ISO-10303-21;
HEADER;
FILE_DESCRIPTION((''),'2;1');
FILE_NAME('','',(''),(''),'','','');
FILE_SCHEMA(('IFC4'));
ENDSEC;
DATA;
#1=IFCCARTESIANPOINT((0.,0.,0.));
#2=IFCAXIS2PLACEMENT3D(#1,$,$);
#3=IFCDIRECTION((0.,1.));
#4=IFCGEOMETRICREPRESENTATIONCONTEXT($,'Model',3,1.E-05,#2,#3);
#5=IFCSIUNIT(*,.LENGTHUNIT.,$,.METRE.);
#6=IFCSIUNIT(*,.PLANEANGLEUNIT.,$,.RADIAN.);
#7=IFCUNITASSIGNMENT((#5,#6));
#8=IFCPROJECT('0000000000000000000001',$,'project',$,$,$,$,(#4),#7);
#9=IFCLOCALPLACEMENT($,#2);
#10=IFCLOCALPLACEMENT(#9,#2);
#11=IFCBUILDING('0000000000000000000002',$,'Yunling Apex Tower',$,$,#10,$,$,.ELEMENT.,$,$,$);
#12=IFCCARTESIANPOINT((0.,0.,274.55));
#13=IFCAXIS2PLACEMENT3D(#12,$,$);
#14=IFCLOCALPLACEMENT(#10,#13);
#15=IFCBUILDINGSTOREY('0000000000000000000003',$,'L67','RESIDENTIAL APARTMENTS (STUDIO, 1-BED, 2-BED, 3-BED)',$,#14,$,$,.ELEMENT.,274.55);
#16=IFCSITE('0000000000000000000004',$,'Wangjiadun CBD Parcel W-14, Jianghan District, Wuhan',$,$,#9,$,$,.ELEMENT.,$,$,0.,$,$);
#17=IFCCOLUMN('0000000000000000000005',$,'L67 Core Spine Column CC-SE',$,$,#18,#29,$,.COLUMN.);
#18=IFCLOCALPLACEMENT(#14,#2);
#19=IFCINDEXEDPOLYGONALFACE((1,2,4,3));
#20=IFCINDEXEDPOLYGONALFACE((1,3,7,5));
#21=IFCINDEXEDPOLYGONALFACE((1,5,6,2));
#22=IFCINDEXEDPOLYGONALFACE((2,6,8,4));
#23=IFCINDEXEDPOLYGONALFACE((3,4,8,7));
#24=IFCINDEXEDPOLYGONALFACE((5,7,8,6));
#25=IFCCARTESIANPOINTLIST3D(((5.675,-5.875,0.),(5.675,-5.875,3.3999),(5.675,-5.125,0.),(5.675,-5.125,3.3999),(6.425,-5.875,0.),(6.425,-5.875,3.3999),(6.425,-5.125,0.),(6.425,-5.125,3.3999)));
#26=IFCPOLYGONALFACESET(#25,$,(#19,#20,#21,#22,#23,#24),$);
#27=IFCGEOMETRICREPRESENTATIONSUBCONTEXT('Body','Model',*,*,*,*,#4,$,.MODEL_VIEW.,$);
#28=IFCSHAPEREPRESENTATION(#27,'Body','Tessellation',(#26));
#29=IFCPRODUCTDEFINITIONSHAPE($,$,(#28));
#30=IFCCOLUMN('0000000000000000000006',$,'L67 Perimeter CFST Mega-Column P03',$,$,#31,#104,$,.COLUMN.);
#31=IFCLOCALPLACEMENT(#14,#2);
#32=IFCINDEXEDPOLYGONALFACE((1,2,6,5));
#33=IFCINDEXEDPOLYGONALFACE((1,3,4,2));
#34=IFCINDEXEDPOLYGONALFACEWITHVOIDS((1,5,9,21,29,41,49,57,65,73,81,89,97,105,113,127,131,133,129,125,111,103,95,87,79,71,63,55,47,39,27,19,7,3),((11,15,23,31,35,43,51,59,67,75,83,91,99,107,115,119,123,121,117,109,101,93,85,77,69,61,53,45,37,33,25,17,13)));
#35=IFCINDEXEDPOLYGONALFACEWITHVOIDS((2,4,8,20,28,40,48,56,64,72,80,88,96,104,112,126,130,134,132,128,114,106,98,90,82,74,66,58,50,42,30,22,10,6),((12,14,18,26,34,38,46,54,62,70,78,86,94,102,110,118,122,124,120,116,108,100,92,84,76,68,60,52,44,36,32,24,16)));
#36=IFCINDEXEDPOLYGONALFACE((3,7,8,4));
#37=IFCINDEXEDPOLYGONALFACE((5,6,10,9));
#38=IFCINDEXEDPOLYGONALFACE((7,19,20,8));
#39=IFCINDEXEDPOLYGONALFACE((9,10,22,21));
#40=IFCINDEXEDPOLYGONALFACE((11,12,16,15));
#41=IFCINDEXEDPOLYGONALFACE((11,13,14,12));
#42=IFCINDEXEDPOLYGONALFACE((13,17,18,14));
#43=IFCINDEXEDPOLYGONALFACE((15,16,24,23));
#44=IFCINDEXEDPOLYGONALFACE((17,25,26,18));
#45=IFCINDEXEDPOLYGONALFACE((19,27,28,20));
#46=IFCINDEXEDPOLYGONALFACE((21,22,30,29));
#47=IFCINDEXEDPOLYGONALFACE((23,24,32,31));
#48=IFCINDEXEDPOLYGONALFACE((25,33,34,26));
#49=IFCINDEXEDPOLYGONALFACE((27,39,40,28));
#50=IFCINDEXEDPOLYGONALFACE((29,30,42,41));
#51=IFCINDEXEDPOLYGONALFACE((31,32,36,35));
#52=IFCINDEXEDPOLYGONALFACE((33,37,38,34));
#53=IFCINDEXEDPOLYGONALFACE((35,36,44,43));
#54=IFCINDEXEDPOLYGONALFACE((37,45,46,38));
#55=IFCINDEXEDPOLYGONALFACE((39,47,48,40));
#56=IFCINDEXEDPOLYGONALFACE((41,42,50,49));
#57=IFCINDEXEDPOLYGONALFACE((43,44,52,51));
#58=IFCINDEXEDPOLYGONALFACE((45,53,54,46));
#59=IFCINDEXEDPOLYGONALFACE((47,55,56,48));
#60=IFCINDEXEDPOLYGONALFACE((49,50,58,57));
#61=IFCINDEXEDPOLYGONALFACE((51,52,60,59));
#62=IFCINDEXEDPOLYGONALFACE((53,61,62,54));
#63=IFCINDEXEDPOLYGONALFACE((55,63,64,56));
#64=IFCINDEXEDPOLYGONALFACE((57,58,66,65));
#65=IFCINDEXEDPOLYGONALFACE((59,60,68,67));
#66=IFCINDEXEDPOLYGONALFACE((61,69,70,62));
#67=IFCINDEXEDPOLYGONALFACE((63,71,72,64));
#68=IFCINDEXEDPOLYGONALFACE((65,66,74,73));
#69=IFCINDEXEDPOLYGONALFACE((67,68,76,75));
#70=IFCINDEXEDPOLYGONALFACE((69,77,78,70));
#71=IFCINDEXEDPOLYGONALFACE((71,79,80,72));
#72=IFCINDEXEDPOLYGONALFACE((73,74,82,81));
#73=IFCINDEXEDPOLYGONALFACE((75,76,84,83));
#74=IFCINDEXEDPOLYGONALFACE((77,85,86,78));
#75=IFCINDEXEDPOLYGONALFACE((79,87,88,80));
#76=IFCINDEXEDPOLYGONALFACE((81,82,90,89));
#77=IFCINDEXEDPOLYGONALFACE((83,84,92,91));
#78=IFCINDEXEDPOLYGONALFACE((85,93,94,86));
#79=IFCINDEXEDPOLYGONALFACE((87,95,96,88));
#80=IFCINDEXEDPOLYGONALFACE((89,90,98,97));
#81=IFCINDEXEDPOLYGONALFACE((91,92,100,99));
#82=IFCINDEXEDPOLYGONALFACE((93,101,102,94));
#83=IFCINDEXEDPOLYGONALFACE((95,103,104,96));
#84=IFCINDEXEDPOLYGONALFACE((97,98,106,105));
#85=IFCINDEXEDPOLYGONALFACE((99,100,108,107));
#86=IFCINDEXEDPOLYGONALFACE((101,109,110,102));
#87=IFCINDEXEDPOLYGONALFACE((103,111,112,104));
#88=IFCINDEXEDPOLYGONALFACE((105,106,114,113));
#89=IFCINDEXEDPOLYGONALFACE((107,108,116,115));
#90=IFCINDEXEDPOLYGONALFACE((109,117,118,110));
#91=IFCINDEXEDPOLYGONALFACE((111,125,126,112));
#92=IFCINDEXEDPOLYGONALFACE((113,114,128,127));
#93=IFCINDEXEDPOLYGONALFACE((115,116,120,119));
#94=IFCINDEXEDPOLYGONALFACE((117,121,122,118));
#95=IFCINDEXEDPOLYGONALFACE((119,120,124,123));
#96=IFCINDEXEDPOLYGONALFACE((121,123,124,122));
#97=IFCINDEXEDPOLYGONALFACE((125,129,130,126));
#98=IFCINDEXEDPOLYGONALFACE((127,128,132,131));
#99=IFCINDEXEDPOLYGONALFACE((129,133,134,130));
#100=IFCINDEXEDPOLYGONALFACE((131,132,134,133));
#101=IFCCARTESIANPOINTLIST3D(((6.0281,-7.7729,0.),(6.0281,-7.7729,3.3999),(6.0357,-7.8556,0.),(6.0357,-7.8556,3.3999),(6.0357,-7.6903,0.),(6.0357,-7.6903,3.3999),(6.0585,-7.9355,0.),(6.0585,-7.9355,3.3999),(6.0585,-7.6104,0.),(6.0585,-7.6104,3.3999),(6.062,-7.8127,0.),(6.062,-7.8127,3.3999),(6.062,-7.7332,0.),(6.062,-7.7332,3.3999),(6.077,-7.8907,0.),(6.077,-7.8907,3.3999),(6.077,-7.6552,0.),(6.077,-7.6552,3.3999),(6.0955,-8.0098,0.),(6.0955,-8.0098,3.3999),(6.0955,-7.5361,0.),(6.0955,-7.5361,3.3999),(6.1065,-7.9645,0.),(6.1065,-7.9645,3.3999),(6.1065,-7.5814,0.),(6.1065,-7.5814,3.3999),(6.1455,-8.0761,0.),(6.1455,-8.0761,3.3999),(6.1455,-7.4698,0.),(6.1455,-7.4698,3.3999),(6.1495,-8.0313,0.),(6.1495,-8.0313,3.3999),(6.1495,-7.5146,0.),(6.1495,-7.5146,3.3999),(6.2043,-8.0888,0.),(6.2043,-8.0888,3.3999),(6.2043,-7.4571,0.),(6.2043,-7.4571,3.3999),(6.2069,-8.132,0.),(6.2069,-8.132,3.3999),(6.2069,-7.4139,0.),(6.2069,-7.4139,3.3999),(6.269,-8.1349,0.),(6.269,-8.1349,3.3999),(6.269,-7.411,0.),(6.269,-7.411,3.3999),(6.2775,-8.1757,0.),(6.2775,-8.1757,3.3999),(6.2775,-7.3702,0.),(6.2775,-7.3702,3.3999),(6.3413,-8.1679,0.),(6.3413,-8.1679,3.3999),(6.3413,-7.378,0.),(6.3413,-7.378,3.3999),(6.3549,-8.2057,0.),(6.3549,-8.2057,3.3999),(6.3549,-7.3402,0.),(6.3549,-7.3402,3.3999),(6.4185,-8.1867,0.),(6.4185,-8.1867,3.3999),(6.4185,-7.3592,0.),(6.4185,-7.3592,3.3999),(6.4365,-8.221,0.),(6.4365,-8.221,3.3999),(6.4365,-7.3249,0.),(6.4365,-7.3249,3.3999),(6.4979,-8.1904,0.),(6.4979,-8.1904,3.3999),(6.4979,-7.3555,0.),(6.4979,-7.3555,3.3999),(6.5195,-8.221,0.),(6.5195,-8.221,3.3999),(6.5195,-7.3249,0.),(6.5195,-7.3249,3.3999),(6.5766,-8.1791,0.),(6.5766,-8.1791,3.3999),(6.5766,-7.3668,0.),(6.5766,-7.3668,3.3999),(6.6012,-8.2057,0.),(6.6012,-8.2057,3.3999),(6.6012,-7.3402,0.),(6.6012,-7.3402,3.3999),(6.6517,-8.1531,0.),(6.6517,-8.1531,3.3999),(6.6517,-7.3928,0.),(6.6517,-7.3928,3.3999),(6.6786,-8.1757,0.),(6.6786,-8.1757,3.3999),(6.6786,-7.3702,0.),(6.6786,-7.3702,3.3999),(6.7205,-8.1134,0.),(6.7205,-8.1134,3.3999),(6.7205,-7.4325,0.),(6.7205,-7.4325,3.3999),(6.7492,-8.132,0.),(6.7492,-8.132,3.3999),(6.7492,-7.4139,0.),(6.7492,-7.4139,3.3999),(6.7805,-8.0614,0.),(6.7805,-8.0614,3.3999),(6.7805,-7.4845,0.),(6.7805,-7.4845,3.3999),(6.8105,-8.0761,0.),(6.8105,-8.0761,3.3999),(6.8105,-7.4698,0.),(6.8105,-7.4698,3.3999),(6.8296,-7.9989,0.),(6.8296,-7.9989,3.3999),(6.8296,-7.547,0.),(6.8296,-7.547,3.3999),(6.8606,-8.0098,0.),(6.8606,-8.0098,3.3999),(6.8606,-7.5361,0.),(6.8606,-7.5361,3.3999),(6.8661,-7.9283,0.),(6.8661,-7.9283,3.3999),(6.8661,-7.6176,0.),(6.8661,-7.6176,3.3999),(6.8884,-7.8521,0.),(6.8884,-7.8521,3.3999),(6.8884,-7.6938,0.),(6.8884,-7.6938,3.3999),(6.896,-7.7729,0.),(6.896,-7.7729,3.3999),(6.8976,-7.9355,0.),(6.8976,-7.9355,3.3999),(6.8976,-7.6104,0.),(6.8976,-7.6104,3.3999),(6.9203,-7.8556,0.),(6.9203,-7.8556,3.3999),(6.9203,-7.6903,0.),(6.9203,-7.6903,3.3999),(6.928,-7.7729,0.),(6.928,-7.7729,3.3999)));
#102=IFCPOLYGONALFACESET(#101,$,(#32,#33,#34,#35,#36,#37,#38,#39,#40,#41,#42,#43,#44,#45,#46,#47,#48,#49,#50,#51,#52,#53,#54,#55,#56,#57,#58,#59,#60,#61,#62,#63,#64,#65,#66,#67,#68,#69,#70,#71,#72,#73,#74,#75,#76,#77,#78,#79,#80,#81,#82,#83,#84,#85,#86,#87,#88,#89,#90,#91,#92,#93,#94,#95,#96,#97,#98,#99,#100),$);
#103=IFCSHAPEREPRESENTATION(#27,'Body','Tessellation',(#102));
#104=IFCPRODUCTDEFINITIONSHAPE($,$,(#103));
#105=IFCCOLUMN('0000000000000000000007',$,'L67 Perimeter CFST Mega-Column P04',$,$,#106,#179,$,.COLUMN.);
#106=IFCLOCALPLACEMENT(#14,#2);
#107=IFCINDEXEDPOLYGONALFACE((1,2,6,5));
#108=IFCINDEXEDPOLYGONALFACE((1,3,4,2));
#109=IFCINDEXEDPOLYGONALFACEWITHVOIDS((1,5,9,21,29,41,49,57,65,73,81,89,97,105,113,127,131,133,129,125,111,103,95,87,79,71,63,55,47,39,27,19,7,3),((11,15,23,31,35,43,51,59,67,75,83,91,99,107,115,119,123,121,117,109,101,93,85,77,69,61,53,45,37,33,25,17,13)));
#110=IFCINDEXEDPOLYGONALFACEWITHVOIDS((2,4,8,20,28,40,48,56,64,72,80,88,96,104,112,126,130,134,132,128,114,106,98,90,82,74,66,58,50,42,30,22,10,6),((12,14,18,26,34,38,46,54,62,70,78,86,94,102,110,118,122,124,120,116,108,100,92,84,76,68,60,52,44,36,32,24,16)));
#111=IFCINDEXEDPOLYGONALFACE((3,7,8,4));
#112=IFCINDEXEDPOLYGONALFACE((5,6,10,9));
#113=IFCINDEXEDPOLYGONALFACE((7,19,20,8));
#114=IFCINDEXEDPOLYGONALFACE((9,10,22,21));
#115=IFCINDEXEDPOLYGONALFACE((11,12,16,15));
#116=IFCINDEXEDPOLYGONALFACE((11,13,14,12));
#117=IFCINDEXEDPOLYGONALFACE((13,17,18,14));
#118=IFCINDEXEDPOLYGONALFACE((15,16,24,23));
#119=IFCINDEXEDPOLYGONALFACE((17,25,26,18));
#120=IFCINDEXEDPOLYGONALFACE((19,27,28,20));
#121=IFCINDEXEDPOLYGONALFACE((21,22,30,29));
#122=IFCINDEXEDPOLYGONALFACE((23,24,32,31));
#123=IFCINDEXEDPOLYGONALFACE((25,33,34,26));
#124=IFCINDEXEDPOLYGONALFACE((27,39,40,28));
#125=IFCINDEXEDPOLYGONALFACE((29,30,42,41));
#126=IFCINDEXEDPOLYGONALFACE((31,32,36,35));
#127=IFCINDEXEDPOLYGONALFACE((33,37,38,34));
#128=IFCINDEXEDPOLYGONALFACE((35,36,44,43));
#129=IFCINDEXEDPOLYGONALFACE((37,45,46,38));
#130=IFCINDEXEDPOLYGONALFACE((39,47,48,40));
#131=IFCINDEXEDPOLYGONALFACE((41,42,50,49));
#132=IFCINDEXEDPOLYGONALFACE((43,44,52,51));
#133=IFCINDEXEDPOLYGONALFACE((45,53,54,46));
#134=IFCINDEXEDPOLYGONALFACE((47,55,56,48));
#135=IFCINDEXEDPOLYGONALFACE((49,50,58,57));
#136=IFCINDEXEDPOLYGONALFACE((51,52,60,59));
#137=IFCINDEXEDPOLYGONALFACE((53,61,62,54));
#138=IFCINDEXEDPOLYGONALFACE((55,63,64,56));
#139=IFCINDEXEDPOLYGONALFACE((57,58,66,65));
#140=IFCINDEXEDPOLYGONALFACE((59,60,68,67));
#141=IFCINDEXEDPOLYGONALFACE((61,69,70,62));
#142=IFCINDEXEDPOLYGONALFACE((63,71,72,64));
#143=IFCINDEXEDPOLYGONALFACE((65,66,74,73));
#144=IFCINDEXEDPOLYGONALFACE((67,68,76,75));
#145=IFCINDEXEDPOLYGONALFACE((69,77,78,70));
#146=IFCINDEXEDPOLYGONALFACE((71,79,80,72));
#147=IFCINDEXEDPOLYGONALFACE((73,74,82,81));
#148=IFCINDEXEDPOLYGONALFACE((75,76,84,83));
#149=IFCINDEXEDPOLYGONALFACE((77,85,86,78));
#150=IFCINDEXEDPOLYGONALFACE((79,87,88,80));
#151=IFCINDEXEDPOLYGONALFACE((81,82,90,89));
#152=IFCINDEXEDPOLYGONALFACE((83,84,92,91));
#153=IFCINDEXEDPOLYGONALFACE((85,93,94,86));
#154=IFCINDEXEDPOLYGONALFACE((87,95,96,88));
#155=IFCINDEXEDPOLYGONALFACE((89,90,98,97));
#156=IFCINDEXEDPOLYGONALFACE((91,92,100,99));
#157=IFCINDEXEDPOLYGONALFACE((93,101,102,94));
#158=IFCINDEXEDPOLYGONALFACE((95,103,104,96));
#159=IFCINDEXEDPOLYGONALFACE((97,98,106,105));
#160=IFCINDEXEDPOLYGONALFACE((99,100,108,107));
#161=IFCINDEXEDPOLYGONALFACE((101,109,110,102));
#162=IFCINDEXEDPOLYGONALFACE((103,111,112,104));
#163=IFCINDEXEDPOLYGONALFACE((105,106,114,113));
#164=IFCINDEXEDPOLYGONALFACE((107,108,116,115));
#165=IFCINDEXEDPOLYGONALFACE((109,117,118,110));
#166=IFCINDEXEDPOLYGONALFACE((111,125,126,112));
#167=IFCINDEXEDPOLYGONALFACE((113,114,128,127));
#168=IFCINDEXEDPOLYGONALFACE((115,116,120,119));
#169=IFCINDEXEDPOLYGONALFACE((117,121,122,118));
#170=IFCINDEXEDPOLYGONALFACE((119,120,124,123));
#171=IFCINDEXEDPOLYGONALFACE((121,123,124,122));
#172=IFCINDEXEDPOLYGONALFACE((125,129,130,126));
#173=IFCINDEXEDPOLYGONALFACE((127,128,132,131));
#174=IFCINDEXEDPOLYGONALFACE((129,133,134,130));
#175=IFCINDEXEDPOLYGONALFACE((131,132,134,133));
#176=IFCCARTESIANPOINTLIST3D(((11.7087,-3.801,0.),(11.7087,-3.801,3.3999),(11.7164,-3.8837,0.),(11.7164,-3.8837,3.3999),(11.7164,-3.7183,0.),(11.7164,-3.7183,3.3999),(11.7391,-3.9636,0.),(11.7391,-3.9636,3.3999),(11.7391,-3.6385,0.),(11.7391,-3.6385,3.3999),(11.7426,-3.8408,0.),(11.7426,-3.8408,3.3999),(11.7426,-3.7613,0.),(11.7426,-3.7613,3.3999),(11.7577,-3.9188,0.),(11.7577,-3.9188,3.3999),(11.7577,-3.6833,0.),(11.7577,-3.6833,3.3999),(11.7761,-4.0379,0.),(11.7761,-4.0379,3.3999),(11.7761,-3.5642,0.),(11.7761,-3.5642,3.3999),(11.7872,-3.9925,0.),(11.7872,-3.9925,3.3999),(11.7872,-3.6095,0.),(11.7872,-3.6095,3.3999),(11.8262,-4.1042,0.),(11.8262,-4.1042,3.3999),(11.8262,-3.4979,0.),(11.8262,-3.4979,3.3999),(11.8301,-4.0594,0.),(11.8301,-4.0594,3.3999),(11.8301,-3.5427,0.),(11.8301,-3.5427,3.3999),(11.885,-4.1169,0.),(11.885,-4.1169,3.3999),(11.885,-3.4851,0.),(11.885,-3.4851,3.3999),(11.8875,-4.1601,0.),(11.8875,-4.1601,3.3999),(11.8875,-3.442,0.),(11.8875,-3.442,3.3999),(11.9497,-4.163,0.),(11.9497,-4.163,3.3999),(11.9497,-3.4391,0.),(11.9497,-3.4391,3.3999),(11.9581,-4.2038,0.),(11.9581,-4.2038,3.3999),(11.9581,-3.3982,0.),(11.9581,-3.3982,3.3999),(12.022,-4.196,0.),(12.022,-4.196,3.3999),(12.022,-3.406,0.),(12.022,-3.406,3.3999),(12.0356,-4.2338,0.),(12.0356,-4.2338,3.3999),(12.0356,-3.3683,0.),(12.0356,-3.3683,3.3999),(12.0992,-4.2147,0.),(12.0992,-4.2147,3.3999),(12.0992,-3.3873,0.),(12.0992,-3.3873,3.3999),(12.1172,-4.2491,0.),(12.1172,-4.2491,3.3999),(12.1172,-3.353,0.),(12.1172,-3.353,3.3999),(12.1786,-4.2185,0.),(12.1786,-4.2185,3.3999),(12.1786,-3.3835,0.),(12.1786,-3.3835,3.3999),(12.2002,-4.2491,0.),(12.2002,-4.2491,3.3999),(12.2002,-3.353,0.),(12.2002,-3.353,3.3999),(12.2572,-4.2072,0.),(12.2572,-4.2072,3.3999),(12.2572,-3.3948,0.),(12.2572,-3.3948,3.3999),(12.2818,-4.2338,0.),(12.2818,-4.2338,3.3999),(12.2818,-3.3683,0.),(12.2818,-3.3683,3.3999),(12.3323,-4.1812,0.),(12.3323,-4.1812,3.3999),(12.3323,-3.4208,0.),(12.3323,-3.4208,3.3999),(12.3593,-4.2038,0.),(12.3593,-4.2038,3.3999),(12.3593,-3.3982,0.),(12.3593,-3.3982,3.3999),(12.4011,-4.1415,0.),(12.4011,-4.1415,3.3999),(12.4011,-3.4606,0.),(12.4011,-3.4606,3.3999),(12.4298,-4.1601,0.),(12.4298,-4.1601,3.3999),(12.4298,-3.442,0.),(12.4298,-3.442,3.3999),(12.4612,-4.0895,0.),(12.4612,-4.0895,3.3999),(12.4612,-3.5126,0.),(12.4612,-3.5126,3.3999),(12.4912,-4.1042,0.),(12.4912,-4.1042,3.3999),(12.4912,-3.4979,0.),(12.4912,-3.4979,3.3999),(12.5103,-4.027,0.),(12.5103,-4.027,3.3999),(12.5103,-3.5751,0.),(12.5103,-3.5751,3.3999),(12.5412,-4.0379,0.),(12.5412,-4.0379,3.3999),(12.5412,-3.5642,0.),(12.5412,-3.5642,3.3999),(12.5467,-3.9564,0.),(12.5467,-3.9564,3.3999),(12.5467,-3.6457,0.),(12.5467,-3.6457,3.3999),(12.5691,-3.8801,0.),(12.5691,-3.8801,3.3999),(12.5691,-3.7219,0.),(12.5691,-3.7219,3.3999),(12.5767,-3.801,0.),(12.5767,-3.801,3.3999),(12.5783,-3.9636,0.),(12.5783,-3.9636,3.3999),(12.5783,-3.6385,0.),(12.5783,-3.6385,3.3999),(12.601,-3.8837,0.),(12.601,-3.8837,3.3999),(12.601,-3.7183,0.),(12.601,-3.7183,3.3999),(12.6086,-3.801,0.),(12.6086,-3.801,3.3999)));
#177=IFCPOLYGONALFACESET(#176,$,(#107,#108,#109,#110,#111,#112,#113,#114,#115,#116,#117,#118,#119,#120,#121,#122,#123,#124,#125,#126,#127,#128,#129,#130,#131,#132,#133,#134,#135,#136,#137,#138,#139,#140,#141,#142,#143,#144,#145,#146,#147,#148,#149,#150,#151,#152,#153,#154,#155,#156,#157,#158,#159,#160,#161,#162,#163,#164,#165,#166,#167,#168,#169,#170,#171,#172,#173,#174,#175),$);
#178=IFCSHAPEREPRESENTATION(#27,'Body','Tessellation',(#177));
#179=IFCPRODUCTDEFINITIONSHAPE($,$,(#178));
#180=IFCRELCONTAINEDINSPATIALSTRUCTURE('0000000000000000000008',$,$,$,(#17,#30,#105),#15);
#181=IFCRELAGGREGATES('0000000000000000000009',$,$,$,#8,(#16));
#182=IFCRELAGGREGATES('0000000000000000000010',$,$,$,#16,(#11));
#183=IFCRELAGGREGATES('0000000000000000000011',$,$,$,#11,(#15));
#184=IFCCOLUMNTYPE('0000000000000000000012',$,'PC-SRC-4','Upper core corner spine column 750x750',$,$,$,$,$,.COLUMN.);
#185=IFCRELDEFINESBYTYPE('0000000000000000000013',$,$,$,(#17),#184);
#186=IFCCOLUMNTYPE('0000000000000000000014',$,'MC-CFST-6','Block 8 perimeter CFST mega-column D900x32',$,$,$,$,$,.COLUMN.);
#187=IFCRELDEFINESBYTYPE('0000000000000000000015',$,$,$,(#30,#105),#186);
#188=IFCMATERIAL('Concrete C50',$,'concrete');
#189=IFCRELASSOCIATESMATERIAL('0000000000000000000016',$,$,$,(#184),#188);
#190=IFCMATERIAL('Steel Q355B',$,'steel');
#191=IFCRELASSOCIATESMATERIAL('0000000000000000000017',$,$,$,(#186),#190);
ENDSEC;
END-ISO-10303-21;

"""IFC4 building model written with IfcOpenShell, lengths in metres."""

from ifc_helpers import new_model, si_unit, direction, frame, origin, origin_2d, place, context, subcontext, project, spatial, rectangle, hollow_circle, extrude, source, transform, mapped, material, material_profile, profile_set, type_object, element, save


model = new_model("IFC4")

# Units and contexts
model_context = context("Model", 3, precision=1e-05, world=origin(), true_north=direction((0.0, 1.0)))
body_context = subcontext(model_context, "Body", "Model", "MODEL_VIEW")
ifc_project = project(units=[si_unit("LENGTHUNIT", "METRE"), si_unit("PLANEANGLEUNIT", "RADIAN")], contexts=[model_context])

# Site, building, storey
site_placement = place(None, origin())
site = spatial("IfcSite", under=ifc_project, at=site_placement, Name="Wangjiadun CBD Parcel W-14, Jianghan District, Wuhan", CompositionType="ELEMENT", RefElevation=0.0)
building_placement = place(site_placement, origin())
building = spatial("IfcBuilding", under=site, at=building_placement, Name="Yunling Apex Tower", CompositionType="ELEMENT")
storey_placement = place(building_placement, frame((0.0, 0.0, 274.55)))
storey = spatial("IfcBuildingStorey", under=building, at=storey_placement, Name="L67", Description="RESIDENTIAL APARTMENTS (STUDIO, 1-BED, 2-BED, 3-BED)", CompositionType="ELEMENT", Elevation=274.55)

# Columns
ifc_material_1 = material(Name="Concrete C50", Category="concrete")
ifc_material_profile_1 = material_profile(ifc_material_1, rectangle(XDim=0.75, YDim=0.75, at=origin_2d()))
ifc_profile_set_1 = profile_set([ifc_material_profile_1], Name="Concrete C50")
column_type_1 = type_object("IfcColumnType", Name="PC-SRC-4", Description="Upper core corner spine column 750x750", PredefinedType="COLUMN", material=ifc_profile_set_1)
shared_shape_1 = source(origin(), body_context, "Body", "SweptSolid", [
    extrude(rectangle(XDim=0.75, YDim=0.75, at=origin_2d()), origin(), (0.0, 0.0, 1.0), 3.3999),
])
column_placement = place(storey_placement, frame((6.05, -5.5, 0.0), z_axis=(0.0, 0.0, 1.0), x_axis=(1.0, 0.0, 0.0)))
element("IfcColumn", 1, at=column_placement, inside=storey, type_object=column_type_1, Name="L67 Core Spine Column CC-SE", PredefinedType="COLUMN", context=body_context, shape_type="MappedRepresentation", body=[
    mapped(shared_shape_1, transform((0.0, 0.0, 0.0), scale=1.0)),
])
ifc_material_2 = material(Name="Steel Q355B", Category="steel")
ifc_material_profile_2 = material_profile(ifc_material_2, hollow_circle(Radius=0.45, WallThickness=0.032, at=origin_2d()))
ifc_profile_set_2 = profile_set([ifc_material_profile_2], Name="Steel Q355B")
column_type_2 = type_object("IfcColumnType", Name="MC-CFST-6", Description="Block 8 perimeter CFST mega-column D900x32", PredefinedType="COLUMN", material=ifc_profile_set_2)
shared_shape_2 = source(origin(), body_context, "Body", "SweptSolid", [
    extrude(hollow_circle(Radius=0.45, WallThickness=0.032, at=origin_2d()), origin(), (0.0, 0.0, 1.0), 3.3999),
])
for number, where, z_axis, x_axis, name in (
    (2, (6.478, -7.7729, 0.0), (0.0, 0.0, 1.0), (1.0, 0.0, 0.0), "L67 Perimeter CFST Mega-Column P03"),
    (3, (12.1587, -3.801, 0.0), (0.0, 0.0, 1.0), (1.0, 0.0, 0.0), "L67 Perimeter CFST Mega-Column P04"),
):
    element("IfcColumn", number, at=place(storey_placement, frame(where, z_axis=z_axis, x_axis=x_axis)), inside=storey, type_object=column_type_2, Name=name, PredefinedType="COLUMN", context=body_context, shape_type="MappedRepresentation", body=[
        mapped(shared_shape_2, transform((0.0, 0.0, 0.0), scale=1.0)),
    ])

save(model, "model.ifc")
